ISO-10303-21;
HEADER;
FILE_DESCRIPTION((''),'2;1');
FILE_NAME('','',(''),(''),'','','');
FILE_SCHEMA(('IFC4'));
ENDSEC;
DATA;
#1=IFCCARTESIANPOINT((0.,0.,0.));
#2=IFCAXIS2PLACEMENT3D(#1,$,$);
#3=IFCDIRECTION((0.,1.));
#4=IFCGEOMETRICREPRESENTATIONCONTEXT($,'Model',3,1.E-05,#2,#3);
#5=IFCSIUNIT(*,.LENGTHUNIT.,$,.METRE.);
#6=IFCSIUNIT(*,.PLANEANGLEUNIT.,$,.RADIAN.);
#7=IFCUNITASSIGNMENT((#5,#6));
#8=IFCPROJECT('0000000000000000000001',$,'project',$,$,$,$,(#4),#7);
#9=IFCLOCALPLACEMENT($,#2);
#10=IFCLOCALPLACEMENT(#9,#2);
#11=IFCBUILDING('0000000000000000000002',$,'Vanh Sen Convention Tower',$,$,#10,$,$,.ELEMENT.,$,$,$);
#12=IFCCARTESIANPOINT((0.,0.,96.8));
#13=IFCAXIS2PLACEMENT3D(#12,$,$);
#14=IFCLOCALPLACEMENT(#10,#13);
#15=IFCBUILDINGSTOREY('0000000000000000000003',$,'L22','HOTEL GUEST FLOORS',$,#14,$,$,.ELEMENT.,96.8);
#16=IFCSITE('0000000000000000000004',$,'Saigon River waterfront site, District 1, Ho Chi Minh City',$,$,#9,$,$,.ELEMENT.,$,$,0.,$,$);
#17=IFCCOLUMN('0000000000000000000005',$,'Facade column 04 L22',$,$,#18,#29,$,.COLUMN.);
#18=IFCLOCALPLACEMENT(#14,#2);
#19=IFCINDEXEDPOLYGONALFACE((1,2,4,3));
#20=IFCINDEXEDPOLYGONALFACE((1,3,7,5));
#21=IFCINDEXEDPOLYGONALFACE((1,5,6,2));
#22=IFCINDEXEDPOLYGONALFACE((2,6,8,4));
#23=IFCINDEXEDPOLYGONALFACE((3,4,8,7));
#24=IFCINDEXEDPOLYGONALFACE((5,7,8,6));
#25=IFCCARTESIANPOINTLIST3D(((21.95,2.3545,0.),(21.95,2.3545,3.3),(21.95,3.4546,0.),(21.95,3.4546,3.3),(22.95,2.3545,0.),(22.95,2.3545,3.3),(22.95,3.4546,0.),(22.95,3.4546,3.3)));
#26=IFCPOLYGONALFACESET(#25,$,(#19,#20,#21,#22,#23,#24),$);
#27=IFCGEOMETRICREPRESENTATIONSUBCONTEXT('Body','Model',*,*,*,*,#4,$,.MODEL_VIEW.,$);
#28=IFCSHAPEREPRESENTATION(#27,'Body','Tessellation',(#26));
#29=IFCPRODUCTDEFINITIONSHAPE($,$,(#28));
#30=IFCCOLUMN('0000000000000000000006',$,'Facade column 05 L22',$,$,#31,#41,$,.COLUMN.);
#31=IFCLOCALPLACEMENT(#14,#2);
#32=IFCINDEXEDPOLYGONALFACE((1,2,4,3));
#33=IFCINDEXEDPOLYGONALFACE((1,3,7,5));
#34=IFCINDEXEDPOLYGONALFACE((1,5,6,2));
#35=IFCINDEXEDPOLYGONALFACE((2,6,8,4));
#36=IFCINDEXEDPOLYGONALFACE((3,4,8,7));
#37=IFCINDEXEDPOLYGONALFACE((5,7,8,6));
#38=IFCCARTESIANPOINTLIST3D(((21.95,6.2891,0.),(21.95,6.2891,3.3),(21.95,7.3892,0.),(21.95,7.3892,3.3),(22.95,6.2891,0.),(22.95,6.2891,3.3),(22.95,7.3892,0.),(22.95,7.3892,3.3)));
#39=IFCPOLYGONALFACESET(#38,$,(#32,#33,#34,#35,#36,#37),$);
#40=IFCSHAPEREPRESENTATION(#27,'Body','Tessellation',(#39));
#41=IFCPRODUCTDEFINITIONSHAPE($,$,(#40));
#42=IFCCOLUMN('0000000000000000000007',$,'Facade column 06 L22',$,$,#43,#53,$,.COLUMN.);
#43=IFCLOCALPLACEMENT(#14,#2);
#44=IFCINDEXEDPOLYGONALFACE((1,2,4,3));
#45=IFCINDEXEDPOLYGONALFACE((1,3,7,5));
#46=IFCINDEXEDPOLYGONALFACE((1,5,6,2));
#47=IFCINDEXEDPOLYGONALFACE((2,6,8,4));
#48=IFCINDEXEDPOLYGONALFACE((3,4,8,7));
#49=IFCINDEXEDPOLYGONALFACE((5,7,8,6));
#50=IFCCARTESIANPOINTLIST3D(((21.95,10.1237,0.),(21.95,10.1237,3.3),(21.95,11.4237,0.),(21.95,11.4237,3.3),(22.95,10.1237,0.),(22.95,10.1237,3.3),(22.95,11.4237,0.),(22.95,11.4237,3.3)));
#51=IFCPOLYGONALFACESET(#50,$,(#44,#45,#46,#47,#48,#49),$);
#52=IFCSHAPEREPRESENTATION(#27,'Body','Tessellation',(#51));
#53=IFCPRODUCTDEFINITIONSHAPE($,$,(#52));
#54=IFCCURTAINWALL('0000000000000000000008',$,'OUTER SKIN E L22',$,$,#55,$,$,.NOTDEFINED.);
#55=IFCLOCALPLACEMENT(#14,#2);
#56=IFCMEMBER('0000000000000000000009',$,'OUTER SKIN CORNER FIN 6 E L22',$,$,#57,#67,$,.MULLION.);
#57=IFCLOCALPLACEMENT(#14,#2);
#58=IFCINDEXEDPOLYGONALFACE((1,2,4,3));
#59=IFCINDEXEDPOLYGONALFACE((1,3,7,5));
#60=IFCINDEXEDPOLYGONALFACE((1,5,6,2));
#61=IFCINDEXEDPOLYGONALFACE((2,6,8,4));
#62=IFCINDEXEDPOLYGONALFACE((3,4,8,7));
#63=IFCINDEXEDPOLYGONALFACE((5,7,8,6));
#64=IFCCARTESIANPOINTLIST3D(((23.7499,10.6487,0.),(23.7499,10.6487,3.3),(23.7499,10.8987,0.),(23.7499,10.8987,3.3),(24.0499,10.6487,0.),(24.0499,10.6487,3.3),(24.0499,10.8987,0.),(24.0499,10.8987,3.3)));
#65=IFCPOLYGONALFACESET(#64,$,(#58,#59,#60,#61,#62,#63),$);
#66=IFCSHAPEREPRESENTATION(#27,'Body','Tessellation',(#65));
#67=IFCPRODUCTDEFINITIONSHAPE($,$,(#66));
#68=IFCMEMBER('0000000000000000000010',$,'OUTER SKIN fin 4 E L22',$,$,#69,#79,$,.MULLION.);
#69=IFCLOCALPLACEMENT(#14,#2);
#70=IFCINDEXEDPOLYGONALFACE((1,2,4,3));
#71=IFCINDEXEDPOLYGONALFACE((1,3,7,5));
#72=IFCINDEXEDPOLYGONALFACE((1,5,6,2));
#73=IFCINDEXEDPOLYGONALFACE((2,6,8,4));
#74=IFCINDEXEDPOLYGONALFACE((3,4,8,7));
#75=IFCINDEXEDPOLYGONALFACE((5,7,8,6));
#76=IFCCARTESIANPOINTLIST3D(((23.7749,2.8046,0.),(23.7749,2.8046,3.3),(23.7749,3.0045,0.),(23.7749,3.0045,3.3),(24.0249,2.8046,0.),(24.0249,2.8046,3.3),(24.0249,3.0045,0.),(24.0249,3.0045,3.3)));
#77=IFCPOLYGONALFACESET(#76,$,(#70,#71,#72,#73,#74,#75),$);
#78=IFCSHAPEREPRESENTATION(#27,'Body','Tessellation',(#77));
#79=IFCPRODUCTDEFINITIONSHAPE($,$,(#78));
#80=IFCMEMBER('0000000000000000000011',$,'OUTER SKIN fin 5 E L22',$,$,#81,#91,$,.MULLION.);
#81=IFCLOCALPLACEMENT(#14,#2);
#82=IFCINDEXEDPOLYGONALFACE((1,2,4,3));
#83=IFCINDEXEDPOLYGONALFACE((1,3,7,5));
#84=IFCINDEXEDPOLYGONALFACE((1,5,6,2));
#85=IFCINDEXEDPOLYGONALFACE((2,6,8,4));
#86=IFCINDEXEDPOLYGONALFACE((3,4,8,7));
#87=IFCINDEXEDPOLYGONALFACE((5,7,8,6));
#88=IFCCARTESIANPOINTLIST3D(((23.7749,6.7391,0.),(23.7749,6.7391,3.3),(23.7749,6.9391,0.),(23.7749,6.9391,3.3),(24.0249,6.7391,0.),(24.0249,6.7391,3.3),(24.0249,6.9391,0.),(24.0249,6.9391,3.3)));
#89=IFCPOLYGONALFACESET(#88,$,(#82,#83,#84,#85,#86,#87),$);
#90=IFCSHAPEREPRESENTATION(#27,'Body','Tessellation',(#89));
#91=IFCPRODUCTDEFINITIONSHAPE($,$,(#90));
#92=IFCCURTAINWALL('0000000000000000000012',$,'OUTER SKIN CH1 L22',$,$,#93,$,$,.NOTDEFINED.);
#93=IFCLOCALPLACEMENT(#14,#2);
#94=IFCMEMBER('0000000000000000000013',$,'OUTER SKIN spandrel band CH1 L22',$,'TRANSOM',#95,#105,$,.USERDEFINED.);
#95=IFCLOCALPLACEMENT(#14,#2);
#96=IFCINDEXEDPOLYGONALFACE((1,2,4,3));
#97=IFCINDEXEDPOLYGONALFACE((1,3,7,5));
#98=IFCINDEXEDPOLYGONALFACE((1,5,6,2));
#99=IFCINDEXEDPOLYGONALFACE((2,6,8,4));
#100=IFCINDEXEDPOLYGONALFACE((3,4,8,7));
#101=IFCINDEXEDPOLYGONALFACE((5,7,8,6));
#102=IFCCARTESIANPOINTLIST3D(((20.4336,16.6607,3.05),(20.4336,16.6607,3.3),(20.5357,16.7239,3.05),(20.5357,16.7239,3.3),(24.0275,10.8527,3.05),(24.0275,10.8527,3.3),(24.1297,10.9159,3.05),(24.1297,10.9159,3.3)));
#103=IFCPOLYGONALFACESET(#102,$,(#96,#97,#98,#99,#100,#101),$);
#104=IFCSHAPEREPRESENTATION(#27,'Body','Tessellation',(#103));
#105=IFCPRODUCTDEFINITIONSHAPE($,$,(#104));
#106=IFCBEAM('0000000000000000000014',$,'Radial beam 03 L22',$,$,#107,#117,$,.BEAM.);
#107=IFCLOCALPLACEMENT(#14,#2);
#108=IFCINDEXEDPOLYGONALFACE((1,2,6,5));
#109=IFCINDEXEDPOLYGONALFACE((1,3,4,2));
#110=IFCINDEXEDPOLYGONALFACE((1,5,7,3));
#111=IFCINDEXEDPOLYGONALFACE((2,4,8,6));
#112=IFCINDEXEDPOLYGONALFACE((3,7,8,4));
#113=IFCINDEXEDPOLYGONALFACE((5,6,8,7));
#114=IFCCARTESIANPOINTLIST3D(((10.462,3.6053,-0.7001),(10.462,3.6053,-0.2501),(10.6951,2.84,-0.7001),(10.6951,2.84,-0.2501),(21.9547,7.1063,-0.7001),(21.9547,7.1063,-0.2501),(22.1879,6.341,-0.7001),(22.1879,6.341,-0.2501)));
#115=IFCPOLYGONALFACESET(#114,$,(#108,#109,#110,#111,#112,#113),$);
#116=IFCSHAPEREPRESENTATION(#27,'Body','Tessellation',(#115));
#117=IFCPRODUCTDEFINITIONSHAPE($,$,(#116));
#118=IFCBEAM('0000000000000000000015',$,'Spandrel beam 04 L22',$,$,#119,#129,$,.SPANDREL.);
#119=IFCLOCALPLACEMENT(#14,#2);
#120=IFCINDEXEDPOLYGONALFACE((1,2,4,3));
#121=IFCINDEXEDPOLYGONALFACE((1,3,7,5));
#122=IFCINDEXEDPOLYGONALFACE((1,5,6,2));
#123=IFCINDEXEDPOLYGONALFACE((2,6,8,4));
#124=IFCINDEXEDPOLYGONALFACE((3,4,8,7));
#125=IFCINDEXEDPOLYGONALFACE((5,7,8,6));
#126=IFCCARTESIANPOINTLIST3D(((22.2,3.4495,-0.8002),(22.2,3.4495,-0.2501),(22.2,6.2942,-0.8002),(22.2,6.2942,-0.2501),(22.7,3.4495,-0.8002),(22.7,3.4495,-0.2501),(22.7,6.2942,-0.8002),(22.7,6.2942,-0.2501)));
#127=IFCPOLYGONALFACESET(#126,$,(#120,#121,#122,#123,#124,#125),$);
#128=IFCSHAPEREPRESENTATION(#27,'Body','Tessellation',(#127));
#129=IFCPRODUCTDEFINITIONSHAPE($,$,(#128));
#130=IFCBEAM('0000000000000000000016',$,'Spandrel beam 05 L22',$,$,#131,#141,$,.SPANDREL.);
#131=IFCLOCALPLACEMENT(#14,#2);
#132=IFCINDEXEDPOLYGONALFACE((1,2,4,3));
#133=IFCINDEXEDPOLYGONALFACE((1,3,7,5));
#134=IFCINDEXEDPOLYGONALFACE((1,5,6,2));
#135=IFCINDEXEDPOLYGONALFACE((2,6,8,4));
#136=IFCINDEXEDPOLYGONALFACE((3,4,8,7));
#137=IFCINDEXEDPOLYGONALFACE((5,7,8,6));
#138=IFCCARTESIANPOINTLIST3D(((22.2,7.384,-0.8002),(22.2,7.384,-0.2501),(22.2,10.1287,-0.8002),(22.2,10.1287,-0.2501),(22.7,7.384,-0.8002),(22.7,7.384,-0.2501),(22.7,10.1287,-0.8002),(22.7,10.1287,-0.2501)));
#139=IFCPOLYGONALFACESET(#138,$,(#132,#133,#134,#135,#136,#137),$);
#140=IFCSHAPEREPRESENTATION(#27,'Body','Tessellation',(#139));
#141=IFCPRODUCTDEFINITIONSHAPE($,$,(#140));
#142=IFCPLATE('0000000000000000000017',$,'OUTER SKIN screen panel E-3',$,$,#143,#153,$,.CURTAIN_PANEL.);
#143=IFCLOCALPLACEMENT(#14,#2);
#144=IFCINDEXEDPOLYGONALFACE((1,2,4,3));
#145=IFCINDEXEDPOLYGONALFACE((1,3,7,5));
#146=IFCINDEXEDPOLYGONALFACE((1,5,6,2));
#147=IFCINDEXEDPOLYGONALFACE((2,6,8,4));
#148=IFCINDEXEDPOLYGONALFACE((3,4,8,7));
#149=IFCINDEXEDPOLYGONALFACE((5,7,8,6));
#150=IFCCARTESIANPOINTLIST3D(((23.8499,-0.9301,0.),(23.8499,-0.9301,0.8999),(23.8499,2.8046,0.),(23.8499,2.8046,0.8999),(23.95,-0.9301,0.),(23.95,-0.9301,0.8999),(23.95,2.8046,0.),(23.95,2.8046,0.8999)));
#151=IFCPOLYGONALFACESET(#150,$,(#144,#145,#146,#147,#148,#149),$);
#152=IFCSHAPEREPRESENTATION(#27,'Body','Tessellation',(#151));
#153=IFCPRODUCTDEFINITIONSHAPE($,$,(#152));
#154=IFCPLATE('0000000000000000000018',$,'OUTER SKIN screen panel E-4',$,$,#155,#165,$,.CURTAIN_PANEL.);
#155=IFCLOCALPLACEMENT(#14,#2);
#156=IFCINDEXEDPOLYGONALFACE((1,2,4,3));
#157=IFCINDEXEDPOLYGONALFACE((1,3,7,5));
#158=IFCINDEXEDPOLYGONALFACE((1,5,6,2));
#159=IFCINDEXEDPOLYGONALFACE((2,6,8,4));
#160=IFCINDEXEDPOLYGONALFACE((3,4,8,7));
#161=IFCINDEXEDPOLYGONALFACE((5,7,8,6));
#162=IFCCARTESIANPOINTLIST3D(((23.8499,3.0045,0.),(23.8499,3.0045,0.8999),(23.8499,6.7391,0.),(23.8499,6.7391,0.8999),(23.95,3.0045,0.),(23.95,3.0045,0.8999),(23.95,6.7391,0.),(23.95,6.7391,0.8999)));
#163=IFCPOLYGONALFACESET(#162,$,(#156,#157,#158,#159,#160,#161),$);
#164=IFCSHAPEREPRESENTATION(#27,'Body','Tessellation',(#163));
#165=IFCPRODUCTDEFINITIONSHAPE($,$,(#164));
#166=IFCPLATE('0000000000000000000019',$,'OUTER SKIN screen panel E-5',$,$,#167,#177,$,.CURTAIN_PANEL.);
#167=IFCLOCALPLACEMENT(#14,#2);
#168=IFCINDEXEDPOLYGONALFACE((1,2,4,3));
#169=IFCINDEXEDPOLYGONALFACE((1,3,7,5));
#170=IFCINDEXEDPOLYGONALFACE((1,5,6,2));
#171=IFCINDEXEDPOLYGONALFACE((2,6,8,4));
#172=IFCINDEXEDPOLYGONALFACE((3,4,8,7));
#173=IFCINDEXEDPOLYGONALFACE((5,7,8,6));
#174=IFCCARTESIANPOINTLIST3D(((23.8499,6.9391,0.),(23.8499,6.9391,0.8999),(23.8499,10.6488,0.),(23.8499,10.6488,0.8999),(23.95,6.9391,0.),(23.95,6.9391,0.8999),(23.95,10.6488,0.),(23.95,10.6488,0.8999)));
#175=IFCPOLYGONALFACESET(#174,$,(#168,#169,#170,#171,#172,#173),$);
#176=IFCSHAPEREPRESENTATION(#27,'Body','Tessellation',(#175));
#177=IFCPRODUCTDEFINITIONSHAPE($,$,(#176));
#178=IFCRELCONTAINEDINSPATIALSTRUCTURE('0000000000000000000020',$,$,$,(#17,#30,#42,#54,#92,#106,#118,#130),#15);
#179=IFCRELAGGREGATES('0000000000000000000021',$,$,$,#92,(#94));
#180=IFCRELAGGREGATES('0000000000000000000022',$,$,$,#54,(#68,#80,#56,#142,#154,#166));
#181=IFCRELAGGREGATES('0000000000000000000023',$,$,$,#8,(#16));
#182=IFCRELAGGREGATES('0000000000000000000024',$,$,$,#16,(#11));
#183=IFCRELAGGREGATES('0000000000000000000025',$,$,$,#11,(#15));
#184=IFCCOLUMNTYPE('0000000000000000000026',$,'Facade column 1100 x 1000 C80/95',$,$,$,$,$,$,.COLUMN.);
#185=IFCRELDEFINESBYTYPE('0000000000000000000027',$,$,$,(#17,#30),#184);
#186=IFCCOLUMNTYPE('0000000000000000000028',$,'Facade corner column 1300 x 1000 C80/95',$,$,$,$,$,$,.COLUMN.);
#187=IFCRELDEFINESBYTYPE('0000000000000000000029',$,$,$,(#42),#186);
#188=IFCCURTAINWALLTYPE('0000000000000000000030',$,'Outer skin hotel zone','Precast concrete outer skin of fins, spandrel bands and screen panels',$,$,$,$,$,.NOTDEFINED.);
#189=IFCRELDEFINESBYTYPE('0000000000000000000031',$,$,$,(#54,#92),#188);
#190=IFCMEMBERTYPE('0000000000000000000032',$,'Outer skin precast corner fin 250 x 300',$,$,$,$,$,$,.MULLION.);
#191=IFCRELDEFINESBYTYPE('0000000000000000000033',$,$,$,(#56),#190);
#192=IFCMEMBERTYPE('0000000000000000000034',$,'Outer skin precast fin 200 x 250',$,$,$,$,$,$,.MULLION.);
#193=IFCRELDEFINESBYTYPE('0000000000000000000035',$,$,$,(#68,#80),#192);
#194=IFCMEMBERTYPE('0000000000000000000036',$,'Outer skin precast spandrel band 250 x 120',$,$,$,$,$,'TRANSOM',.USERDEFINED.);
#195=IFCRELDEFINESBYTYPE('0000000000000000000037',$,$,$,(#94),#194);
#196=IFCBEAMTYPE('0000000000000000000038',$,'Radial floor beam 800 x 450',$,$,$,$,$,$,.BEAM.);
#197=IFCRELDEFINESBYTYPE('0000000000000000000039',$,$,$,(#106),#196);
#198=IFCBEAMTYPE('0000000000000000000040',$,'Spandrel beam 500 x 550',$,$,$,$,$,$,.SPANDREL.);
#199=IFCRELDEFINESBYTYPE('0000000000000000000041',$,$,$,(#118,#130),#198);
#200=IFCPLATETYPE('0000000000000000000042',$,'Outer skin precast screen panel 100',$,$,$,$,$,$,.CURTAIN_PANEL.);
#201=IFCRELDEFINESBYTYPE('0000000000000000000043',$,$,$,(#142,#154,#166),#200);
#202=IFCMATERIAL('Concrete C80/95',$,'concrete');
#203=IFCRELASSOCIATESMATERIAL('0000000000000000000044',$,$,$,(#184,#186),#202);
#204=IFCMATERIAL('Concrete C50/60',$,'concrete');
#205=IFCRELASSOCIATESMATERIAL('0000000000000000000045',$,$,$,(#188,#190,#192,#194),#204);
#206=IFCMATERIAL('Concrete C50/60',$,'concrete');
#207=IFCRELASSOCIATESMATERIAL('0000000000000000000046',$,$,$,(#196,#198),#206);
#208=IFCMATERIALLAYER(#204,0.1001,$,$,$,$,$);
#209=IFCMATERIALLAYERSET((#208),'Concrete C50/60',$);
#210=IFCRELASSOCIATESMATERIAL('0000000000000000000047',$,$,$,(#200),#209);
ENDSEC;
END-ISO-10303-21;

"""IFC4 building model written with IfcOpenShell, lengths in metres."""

from ifc_helpers import new_model, si_unit, direction, frame, origin, origin_2d, place, context, subcontext, project, spatial, rectangle, extrude, material, layer, layer_set, material_profile, profile_set, type_object, element, aggregate, save


model = new_model("IFC4")

# Units and contexts
model_context = context("Model", 3, precision=1e-05, world=origin(), true_north=direction((0.0, 1.0)))
body_context = subcontext(model_context, "Body", "Model", "MODEL_VIEW")
ifc_project = project(units=[si_unit("LENGTHUNIT", "METRE"), si_unit("PLANEANGLEUNIT", "RADIAN")], contexts=[model_context])

# Site, building, storey
site_placement = place(None, origin())
site = spatial("IfcSite", under=ifc_project, at=site_placement, Name="Saigon River waterfront site, District 1, Ho Chi Minh City", CompositionType="ELEMENT", RefElevation=0.0)
building_placement = place(site_placement, origin())
building = spatial("IfcBuilding", under=site, at=building_placement, Name="Vanh Sen Convention Tower", CompositionType="ELEMENT")
storey_placement = place(building_placement, frame((0.0, 0.0, 96.8)))
storey = spatial("IfcBuildingStorey", under=building, at=storey_placement, Name="L22", Description="HOTEL GUEST FLOORS", CompositionType="ELEMENT", Elevation=96.8)

# Columns
ifc_material_1 = material(Name="Concrete C80/95", Category="concrete")
ifc_material_profile_1 = material_profile(ifc_material_1, rectangle(XDim=1.1001, YDim=1.0, at=origin_2d()), Name="RC 1100X1000")
ifc_profile_set_1 = profile_set([ifc_material_profile_1], Name="Concrete C80/95")
column_type_1 = type_object("IfcColumnType", Name="Facade column 1100 x 1000 C80/95", PredefinedType="COLUMN", material=ifc_profile_set_1)
for number, where, z_axis, x_axis, name in (
    (1, (22.45, 2.9045, 0.0), (0.0, 0.0, 1.0), (0.0, 1.0, 0.0), "Facade column 04 L22"),
    (2, (22.45, 6.8391, 0.0), (0.0, 0.0, 1.0), (0.0, 1.0, 0.0), "Facade column 05 L22"),
):
    element("IfcColumn", number, at=place(storey_placement, frame(where, z_axis=z_axis, x_axis=x_axis)), inside=storey, type_object=column_type_1, Name=name, PredefinedType="COLUMN", context=body_context, shape_type="SweptSolid", body=[
        extrude(rectangle(XDim=1.1001, YDim=1.0, at=origin_2d()), origin(), (0.0, 0.0, 1.0), 3.3),
    ])
ifc_material_profile_2 = material_profile(ifc_material_1, rectangle(XDim=1.3, YDim=1.0, at=origin_2d()), Name="RC 1300X1000")
ifc_profile_set_2 = profile_set([ifc_material_profile_2], Name="Concrete C80/95")
column_type_2 = type_object("IfcColumnType", Name="Facade corner column 1300 x 1000 C80/95", PredefinedType="COLUMN", material=ifc_profile_set_2)
column_placement = place(storey_placement, frame((22.45, 10.7737, 0.0), z_axis=(0.0, 0.0, 1.0), x_axis=(0.0, 1.0, 0.0)))
element("IfcColumn", 3, at=column_placement, inside=storey, type_object=column_type_2, Name="Facade column 06 L22", PredefinedType="COLUMN", context=body_context, shape_type="SweptSolid", body=[
    extrude(rectangle(XDim=1.3, YDim=1.0, at=origin_2d()), origin(), (0.0, 0.0, 1.0), 3.3),
])

# Curtain wall, members
ifc_material_2 = material(Name="Concrete C50/60", Category="concrete")
curtain_wall_type = type_object("IfcCurtainWallType", Name="Outer skin hotel zone", Description="Precast concrete outer skin of fins, spandrel bands and screen panels", PredefinedType="NOTDEFINED", material=ifc_material_2)
curtain_wall_1_placement = place(storey_placement, origin())
curtain_wall_1 = element("IfcCurtainWall", 4, at=curtain_wall_1_placement, inside=storey, type_object=curtain_wall_type, Name="OUTER SKIN E L22", PredefinedType="NOTDEFINED")
ifc_material_profile_3 = material_profile(ifc_material_2, rectangle(XDim=0.25, YDim=0.3, at=origin_2d()), Name="Outer skin precast corner fin 250 x 300")
ifc_profile_set_3 = profile_set([ifc_material_profile_3], Name="Concrete C50/60")
member_type_1 = type_object("IfcMemberType", Name="Outer skin precast corner fin 250 x 300", PredefinedType="MULLION", material=ifc_profile_set_3)
member_1_placement = place(storey_placement, frame((23.8999, 10.7737, 0.0), z_axis=(0.0, 0.0, 1.0), x_axis=(0.0, 1.0, 0.0)))
member_1 = element("IfcMember", 5, at=member_1_placement, type_object=member_type_1, Name="OUTER SKIN CORNER FIN 6 E L22", PredefinedType="MULLION", context=body_context, shape_type="SweptSolid", body=[
    extrude(rectangle(XDim=0.25, YDim=0.3, at=origin_2d()), origin(), (0.0, 0.0, 1.0), 3.3),
])
ifc_material_profile_4 = material_profile(ifc_material_2, rectangle(XDim=0.2, YDim=0.25, at=origin_2d()), Name="Outer skin precast fin 200 x 250")
ifc_profile_set_4 = profile_set([ifc_material_profile_4], Name="Concrete C50/60")
member_type_2 = type_object("IfcMemberType", Name="Outer skin precast fin 200 x 250", PredefinedType="MULLION", material=ifc_profile_set_4)
member_2_placement = place(storey_placement, frame((23.8999, 2.9045, 0.0), z_axis=(0.0, 0.0, 1.0), x_axis=(0.0, 1.0, 0.0)))
member_2 = element("IfcMember", 6, at=member_2_placement, type_object=member_type_2, Name="OUTER SKIN fin 4 E L22", PredefinedType="MULLION", context=body_context, shape_type="SweptSolid", body=[
    extrude(rectangle(XDim=0.2, YDim=0.25, at=origin_2d()), origin(), (0.0, 0.0, 1.0), 3.3),
])
member_3_placement = place(storey_placement, frame((23.8999, 6.8391, 0.0), z_axis=(0.0, 0.0, 1.0), x_axis=(0.0, 1.0, 0.0)))
member_3 = element("IfcMember", 7, at=member_3_placement, type_object=member_type_2, Name="OUTER SKIN fin 5 E L22", PredefinedType="MULLION", context=body_context, shape_type="SweptSolid", body=[
    extrude(rectangle(XDim=0.2, YDim=0.25, at=origin_2d()), origin(), (0.0, 0.0, 1.0), 3.3),
])

# Curtain wall, member
curtain_wall_2_placement = place(storey_placement, origin())
curtain_wall_2 = element("IfcCurtainWall", 8, at=curtain_wall_2_placement, inside=storey, type_object=curtain_wall_type, Name="OUTER SKIN CH1 L22", PredefinedType="NOTDEFINED")
ifc_material_profile_5 = material_profile(ifc_material_2, rectangle(XDim=0.1201, YDim=0.25, at=origin_2d()), Name="Outer skin precast spandrel band 250 x 120")
ifc_profile_set_5 = profile_set([ifc_material_profile_5], Name="Concrete C50/60")
member_type_3 = type_object("IfcMemberType", Name="Outer skin precast spandrel band 250 x 120", ElementType="TRANSOM", PredefinedType="USERDEFINED", material=ifc_profile_set_5)
member_4_placement = place(storey_placement, frame((24.0786, 10.8843, 3.175), z_axis=(-0.526196, 0.850363, 0.0), x_axis=(-0.850363, -0.526196, 0.0)))
member_4 = element("IfcMember", 9, at=member_4_placement, type_object=member_type_3, Name="OUTER SKIN spandrel band CH1 L22", ObjectType="TRANSOM", PredefinedType="USERDEFINED", context=body_context, shape_type="SweptSolid", body=[
    extrude(rectangle(XDim=0.1201, YDim=0.25, at=origin_2d()), origin(), (0.0, 0.0, 1.0), 6.8301),
])
aggregate(curtain_wall_2, [member_4])

# Beams
ifc_material_3 = material(Name="Concrete C50/60", Category="concrete")
ifc_material_profile_6 = material_profile(ifc_material_3, rectangle(XDim=0.8, YDim=0.45, at=origin_2d()), Name="RC 800X450")
ifc_profile_set_6 = profile_set([ifc_material_profile_6], Name="Concrete C50/60")
beam_type_1 = type_object("IfcBeamType", Name="Radial floor beam 800 x 450", PredefinedType="BEAM", material=ifc_profile_set_6)
beam_1_placement = place(storey_placement, frame((22.0713, 6.7236, -0.4751), z_axis=(-0.9566, -0.291406, 0.0), x_axis=(0.291406, -0.9566, 0.0)))
element("IfcBeam", 10, at=beam_1_placement, inside=storey, type_object=beam_type_1, Name="Radial beam 03 L22", PredefinedType="BEAM", context=body_context, shape_type="SweptSolid", body=[
    extrude(rectangle(XDim=0.8, YDim=0.45, at=origin_2d()), origin(), (0.0, 0.0, 1.0), 12.0142),
])
ifc_material_profile_7 = material_profile(ifc_material_3, rectangle(XDim=0.5, YDim=0.55, at=origin_2d()), Name="RC 500X550")
ifc_profile_set_7 = profile_set([ifc_material_profile_7], Name="Concrete C50/60")
beam_type_2 = type_object("IfcBeamType", Name="Spandrel beam 500 x 550", PredefinedType="SPANDREL", material=ifc_profile_set_7)
beam_2_placement = place(storey_placement, frame((22.45, 3.4495, -0.5251), z_axis=(0.0, 1.0, 0.0), x_axis=(-1.0, 0.0, 0.0)))
element("IfcBeam", 11, at=beam_2_placement, inside=storey, type_object=beam_type_2, Name="Spandrel beam 04 L22", PredefinedType="SPANDREL", context=body_context, shape_type="SweptSolid", body=[
    extrude(rectangle(XDim=0.5, YDim=0.55, at=origin_2d()), origin(), (0.0, 0.0, 1.0), 2.8447),
])
beam_3_placement = place(storey_placement, frame((22.45, 7.384, -0.5251), z_axis=(0.0, 1.0, 0.0), x_axis=(-1.0, 0.0, 0.0)))
element("IfcBeam", 12, at=beam_3_placement, inside=storey, type_object=beam_type_2, Name="Spandrel beam 05 L22", PredefinedType="SPANDREL", context=body_context, shape_type="SweptSolid", body=[
    extrude(rectangle(XDim=0.5, YDim=0.55, at=origin_2d()), origin(), (0.0, 0.0, 1.0), 2.7446),
])

# Plates
ifc_layer_1 = layer(ifc_material_2, 0.1001)
ifc_layer_set_1 = layer_set([ifc_layer_1], Name="Concrete C50/60")
plate_type = type_object("IfcPlateType", Name="Outer skin precast screen panel 100", PredefinedType="CURTAIN_PANEL", material=ifc_layer_set_1)
plate_1_placement = place(storey_placement, frame((23.8999, 0.9373, 0.0), z_axis=(0.0, 0.0, 1.0), x_axis=(0.0, 1.0, 0.0)))
plate_1 = element("IfcPlate", 13, at=plate_1_placement, type_object=plate_type, Name="OUTER SKIN screen panel E-3", PredefinedType="CURTAIN_PANEL", context=body_context, shape_type="SweptSolid", body=[
    extrude(rectangle(XDim=3.7346, YDim=0.1001, at=origin_2d()), origin(), (0.0, 0.0, 1.0), 0.8999),
])
plate_2_placement = place(storey_placement, frame((23.8999, 4.8718, 0.0), z_axis=(0.0, 0.0, 1.0), x_axis=(0.0, 1.0, 0.0)))
plate_2 = element("IfcPlate", 14, at=plate_2_placement, type_object=plate_type, Name="OUTER SKIN screen panel E-4", PredefinedType="CURTAIN_PANEL", context=body_context, shape_type="SweptSolid", body=[
    extrude(rectangle(XDim=3.7346, YDim=0.1001, at=origin_2d()), origin(), (0.0, 0.0, 1.0), 0.8999),
])
plate_3_placement = place(storey_placement, frame((23.8999, 8.7939, 0.0), z_axis=(0.0, 0.0, 1.0), x_axis=(0.0, 1.0, 0.0)))
plate_3 = element("IfcPlate", 15, at=plate_3_placement, type_object=plate_type, Name="OUTER SKIN screen panel E-5", PredefinedType="CURTAIN_PANEL", context=body_context, shape_type="SweptSolid", body=[
    extrude(rectangle(XDim=3.7097, YDim=0.1001, at=origin_2d()), origin(), (0.0, 0.0, 1.0), 0.8999),
])
aggregate(curtain_wall_1, [member_2, member_3, member_1, plate_1, plate_2, plate_3])

save(model, "model.ifc")
